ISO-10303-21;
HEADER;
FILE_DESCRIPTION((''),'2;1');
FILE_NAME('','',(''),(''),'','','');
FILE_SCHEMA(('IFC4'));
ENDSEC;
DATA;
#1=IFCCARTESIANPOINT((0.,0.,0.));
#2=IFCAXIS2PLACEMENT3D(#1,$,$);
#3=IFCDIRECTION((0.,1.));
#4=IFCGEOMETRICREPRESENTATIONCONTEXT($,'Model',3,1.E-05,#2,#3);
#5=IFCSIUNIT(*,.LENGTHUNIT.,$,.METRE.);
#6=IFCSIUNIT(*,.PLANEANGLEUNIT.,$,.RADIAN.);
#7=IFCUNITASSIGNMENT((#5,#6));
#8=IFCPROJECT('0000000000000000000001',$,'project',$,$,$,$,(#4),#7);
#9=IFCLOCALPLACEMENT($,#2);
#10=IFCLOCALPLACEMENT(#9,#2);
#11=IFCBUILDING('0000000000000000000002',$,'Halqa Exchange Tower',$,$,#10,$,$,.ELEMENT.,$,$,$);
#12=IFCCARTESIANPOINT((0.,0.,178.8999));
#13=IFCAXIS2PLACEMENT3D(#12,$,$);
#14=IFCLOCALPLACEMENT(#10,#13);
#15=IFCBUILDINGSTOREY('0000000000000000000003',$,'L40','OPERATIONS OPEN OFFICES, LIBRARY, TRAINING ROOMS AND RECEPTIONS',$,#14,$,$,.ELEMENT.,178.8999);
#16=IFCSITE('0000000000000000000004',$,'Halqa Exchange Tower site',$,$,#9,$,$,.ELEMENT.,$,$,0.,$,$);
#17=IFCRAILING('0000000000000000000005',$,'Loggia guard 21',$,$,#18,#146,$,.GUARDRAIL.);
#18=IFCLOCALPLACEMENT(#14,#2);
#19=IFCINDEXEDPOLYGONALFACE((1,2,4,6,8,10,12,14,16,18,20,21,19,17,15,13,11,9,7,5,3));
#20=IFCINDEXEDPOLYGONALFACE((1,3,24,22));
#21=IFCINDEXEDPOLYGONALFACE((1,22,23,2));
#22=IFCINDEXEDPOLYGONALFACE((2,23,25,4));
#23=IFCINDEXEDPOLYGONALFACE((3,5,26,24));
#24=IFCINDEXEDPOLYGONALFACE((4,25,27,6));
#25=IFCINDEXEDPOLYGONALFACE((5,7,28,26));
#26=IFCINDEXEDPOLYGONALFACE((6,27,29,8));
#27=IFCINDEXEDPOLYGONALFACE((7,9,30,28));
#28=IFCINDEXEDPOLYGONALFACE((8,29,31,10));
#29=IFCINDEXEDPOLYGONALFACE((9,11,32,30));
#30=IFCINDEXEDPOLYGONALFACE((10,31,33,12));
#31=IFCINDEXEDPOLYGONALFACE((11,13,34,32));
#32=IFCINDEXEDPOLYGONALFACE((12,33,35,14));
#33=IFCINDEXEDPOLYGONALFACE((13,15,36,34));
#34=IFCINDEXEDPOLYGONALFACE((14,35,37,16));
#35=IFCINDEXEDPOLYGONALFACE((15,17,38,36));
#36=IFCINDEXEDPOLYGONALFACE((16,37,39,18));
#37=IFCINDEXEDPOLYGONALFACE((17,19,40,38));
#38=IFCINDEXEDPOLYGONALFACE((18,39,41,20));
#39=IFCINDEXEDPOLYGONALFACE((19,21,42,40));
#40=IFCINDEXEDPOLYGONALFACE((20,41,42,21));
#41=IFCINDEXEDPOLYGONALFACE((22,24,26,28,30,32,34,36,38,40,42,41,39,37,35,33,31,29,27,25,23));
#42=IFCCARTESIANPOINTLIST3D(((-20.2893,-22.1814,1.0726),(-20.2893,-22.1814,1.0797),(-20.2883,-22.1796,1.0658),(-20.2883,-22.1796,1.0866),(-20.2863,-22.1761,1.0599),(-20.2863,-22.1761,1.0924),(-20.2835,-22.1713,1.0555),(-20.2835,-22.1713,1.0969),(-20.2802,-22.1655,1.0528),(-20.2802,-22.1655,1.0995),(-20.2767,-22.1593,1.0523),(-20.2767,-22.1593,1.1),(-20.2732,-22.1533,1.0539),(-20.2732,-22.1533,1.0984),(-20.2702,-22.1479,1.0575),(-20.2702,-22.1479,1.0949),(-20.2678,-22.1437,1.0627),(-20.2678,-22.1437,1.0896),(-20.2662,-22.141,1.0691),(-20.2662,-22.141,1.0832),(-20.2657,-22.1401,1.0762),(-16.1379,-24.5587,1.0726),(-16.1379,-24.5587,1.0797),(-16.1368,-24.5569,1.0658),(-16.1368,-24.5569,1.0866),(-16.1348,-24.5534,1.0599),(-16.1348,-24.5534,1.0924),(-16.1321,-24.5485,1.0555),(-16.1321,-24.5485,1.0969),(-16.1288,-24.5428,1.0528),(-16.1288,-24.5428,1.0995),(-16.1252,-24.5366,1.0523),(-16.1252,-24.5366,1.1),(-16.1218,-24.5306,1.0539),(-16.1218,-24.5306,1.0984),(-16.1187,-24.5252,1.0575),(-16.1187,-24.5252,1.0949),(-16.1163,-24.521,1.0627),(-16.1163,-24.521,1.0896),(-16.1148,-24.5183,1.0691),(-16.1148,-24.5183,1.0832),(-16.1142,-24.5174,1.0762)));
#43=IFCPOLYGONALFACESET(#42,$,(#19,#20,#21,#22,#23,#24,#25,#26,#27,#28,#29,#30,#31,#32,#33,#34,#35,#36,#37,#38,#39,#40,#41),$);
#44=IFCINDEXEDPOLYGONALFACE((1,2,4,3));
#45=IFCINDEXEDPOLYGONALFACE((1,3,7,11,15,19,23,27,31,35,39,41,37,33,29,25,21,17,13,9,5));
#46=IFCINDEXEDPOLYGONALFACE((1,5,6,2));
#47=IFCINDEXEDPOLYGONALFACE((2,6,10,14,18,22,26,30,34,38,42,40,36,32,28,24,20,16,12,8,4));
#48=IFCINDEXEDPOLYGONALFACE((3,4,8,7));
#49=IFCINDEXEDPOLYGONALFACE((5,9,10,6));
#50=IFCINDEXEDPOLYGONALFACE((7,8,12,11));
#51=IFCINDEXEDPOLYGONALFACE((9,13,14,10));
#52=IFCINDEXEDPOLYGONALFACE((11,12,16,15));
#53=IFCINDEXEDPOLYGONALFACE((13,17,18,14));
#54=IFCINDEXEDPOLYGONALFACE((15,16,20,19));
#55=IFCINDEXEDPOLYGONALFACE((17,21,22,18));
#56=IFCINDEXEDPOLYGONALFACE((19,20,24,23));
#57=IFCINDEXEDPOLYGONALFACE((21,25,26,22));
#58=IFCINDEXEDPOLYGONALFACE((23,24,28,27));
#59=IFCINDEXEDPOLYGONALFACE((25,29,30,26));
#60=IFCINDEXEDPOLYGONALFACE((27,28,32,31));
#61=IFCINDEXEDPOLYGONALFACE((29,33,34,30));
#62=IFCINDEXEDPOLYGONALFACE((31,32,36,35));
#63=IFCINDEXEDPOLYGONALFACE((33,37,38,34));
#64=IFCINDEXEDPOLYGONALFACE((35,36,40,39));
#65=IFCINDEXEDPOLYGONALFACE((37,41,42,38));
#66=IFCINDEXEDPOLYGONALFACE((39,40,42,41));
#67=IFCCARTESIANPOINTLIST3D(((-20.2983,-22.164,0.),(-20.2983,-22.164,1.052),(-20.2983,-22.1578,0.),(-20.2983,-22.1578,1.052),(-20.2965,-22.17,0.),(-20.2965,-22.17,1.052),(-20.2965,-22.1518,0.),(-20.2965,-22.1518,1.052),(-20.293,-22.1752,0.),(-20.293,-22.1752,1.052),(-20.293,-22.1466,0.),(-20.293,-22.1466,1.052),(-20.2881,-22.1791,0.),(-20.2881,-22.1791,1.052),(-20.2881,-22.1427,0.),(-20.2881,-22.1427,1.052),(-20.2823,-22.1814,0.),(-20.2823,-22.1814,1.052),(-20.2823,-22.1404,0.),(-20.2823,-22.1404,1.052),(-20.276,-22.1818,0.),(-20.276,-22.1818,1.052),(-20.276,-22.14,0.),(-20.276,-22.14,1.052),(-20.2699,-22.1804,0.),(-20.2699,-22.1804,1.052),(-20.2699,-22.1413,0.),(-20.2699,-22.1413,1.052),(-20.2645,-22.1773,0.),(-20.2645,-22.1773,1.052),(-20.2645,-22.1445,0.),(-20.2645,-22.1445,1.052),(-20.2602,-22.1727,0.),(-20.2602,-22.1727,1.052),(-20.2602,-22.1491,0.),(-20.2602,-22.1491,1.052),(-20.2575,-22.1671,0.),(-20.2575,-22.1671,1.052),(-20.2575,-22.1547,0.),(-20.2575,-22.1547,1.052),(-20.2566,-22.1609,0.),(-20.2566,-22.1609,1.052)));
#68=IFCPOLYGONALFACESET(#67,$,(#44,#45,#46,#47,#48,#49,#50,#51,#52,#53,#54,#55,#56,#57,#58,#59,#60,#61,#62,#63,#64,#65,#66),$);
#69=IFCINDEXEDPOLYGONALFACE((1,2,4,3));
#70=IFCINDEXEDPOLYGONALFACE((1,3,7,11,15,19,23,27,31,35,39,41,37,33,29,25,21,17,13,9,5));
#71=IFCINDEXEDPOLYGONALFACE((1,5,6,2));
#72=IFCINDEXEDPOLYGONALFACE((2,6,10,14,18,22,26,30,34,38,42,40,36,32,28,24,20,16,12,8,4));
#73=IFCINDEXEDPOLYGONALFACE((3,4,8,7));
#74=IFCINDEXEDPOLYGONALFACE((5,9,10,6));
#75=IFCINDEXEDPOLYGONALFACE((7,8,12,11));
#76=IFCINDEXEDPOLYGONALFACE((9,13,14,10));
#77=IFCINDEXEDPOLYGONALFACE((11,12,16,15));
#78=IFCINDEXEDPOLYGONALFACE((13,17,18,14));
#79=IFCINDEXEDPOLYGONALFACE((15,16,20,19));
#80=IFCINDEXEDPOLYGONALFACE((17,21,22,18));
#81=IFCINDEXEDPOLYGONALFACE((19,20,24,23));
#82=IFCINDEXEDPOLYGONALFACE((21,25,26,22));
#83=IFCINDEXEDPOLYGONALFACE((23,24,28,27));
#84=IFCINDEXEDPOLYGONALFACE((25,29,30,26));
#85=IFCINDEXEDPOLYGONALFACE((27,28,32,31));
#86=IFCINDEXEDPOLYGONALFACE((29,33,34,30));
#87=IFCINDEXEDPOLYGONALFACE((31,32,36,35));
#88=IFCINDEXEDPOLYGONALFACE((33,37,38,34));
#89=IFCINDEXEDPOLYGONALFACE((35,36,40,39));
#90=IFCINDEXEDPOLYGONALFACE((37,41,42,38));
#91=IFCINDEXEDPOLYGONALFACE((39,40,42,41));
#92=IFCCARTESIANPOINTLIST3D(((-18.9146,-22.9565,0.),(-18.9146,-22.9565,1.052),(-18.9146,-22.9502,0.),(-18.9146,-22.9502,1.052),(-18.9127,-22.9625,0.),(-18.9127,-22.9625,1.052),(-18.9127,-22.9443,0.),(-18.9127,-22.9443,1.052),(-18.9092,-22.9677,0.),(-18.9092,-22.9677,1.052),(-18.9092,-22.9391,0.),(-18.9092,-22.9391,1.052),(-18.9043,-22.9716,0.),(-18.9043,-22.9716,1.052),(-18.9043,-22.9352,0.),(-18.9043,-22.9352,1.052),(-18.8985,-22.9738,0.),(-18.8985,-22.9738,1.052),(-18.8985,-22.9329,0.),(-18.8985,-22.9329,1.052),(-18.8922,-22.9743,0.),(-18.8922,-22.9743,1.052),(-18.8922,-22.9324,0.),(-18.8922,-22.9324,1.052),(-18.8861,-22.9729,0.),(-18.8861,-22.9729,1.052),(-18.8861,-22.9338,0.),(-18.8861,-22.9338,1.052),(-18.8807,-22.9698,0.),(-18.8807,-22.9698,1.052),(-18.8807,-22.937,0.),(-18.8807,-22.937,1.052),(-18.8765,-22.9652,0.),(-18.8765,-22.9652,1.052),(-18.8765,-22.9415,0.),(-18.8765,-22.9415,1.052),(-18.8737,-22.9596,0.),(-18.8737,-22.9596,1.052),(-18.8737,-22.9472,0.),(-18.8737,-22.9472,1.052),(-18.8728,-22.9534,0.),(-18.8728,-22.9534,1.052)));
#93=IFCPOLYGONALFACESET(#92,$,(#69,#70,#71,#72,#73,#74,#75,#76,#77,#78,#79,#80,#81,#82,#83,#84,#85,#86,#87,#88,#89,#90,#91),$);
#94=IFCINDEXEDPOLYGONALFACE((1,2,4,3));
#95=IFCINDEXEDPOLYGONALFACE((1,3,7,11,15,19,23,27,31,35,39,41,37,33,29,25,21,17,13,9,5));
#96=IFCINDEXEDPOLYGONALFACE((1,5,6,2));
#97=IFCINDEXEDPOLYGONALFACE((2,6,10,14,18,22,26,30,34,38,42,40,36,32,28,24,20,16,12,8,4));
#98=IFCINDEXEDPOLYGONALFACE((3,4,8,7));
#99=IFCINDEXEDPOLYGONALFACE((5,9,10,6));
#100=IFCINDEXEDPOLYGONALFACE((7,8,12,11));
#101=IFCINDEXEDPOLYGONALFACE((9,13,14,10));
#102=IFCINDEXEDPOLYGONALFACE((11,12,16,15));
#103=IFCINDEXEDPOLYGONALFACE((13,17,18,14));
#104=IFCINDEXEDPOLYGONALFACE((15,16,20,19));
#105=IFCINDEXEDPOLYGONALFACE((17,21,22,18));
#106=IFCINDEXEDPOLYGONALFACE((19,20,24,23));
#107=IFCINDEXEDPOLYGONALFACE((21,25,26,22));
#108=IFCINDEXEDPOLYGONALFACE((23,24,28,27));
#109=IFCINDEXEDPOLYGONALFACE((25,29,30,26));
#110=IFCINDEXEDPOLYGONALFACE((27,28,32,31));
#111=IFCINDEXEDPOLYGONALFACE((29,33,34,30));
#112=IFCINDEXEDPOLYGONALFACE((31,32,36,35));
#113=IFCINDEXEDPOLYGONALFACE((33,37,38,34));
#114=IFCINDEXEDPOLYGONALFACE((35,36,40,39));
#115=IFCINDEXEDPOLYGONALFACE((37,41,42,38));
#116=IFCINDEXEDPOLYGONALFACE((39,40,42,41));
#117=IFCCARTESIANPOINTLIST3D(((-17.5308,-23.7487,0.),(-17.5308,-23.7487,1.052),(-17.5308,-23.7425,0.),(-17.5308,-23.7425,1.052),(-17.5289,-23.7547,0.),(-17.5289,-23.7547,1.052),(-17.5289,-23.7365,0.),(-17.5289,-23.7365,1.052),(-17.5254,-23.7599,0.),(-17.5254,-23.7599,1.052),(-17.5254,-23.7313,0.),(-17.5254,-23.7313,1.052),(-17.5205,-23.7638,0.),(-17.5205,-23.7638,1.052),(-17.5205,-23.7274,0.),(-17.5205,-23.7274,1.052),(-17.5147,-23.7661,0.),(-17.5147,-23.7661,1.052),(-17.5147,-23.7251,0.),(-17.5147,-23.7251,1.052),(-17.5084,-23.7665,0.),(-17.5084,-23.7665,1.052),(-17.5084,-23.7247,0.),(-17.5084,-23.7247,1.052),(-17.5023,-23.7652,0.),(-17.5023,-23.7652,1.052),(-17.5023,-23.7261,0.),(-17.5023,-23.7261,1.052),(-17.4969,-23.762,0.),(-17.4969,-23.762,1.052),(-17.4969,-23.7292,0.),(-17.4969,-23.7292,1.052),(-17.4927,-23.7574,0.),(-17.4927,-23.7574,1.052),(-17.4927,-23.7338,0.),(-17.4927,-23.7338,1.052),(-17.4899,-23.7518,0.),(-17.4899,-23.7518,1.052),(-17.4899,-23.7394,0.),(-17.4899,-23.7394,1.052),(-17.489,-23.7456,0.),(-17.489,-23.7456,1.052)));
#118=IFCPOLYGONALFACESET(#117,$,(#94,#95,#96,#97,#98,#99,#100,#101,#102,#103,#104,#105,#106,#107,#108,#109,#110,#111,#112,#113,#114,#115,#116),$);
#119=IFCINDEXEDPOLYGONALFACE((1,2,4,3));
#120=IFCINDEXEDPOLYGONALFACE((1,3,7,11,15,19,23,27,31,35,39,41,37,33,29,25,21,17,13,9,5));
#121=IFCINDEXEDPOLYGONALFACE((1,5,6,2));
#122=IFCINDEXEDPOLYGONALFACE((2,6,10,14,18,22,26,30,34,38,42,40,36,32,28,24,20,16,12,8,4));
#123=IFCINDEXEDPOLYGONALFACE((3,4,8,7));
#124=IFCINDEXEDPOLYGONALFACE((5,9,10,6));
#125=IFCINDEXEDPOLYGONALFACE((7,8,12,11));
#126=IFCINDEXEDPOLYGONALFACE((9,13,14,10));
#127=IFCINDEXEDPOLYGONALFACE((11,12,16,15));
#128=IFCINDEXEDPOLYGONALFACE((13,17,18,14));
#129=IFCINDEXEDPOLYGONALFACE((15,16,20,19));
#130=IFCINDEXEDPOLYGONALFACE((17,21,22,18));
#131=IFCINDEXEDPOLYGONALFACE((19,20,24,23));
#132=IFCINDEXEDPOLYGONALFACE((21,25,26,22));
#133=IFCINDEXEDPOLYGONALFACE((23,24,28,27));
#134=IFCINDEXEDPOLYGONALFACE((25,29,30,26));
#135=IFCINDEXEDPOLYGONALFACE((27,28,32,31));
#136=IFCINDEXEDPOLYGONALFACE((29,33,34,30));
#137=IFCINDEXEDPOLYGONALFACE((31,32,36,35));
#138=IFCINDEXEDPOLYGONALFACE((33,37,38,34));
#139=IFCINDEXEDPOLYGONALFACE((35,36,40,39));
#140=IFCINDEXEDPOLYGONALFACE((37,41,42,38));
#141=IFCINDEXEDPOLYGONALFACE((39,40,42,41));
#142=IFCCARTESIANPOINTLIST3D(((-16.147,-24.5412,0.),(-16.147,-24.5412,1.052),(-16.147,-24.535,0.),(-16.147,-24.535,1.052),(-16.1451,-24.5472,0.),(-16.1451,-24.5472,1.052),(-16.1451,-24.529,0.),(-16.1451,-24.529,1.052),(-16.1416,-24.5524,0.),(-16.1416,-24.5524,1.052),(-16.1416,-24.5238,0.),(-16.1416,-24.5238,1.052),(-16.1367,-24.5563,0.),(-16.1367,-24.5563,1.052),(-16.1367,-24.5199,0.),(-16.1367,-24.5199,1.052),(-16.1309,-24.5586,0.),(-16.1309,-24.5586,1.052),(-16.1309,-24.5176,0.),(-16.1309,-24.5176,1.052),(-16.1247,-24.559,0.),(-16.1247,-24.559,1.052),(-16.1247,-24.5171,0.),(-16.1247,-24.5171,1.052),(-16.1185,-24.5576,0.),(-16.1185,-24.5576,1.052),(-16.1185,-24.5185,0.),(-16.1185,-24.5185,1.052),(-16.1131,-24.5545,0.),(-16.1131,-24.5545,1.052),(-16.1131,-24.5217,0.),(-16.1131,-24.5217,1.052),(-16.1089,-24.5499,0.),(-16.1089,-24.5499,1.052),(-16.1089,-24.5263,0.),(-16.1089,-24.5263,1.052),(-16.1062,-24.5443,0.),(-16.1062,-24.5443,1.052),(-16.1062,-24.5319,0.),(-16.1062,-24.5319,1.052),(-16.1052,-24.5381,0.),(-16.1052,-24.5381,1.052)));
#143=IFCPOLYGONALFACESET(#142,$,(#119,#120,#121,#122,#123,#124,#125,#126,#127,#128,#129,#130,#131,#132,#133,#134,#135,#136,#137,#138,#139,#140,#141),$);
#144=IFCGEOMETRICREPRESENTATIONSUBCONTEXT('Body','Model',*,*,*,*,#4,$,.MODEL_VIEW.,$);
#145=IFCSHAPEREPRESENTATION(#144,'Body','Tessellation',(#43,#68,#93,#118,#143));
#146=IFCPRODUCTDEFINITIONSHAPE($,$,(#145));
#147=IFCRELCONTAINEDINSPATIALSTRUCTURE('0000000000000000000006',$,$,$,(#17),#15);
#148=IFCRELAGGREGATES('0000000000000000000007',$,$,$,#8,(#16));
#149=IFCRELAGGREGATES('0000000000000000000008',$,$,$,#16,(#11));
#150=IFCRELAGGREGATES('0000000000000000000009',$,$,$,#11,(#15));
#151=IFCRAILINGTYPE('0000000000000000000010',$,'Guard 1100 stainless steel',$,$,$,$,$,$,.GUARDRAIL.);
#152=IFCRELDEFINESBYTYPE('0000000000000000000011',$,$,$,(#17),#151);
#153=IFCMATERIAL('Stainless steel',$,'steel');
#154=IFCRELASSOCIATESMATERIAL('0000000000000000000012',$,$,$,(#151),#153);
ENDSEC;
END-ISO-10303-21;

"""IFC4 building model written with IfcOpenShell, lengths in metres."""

from ifc_helpers import new_model, si_unit, direction, frame, origin, origin_2d, place, context, subcontext, project, spatial, circle, extrude, material, type_object, element, save


model = new_model("IFC4")

# Units and contexts
model_context = context("Model", 3, precision=1e-05, world=origin(), true_north=direction((0.0, 1.0)))
body_context = subcontext(model_context, "Body", "Model", "MODEL_VIEW")
ifc_project = project(units=[si_unit("LENGTHUNIT", "METRE"), si_unit("PLANEANGLEUNIT", "RADIAN")], contexts=[model_context])

# Site, building, storey
site_placement = place(None, origin())
site = spatial("IfcSite", under=ifc_project, at=site_placement, Name="Halqa Exchange Tower site", CompositionType="ELEMENT", RefElevation=0.0)
building_placement = place(site_placement, origin())
building = spatial("IfcBuilding", under=site, at=building_placement, Name="Halqa Exchange Tower", CompositionType="ELEMENT")
storey_placement = place(building_placement, frame((0.0, 0.0, 178.8999)))
storey = spatial("IfcBuildingStorey", under=building, at=storey_placement, Name="L40", Description="OPERATIONS OPEN OFFICES, LIBRARY, TRAINING ROOMS AND RECEPTIONS", CompositionType="ELEMENT", Elevation=178.8999)

# Railing
ifc_material_1 = material(Name="Stainless steel", Category="steel")
railing_type = type_object("IfcRailingType", Name="Guard 1100 stainless steel", PredefinedType="GUARDRAIL", material=ifc_material_1)
railing_1_placement = place(storey_placement, frame((-20.2776, -22.1609, 0.0)))
element("IfcRailing", 1, at=railing_1_placement, inside=storey, type_object=railing_type, Name="Loggia guard 21", PredefinedType="GUARDRAIL", context=body_context, shape_type="SweptSolid", body=[
    extrude(circle(Radius=0.0239, at=origin_2d()), frame((0.0, 0.0, 1.0762), z_axis=(0.867794, -0.496925, 0.0), x_axis=(0.496925, 0.867794, 0.0)), (0.0, 0.0, 1.0), 4.7839),
    extrude(circle(Radius=0.021, at=origin_2d()), origin(), (0.0, 0.0, 1.0), 1.052),
    extrude(circle(Radius=0.021, at=origin_2d()), frame((1.3838, -0.7925, 0.0)), (0.0, 0.0, 1.0), 1.052),
    extrude(circle(Radius=0.021, at=origin_2d()), frame((2.7676, -1.5847, 0.0)), (0.0, 0.0, 1.0), 1.052),
    extrude(circle(Radius=0.021, at=origin_2d()), frame((4.1514, -2.3772, 0.0)), (0.0, 0.0, 1.0), 1.052),
])

save(model, "model.ifc")
